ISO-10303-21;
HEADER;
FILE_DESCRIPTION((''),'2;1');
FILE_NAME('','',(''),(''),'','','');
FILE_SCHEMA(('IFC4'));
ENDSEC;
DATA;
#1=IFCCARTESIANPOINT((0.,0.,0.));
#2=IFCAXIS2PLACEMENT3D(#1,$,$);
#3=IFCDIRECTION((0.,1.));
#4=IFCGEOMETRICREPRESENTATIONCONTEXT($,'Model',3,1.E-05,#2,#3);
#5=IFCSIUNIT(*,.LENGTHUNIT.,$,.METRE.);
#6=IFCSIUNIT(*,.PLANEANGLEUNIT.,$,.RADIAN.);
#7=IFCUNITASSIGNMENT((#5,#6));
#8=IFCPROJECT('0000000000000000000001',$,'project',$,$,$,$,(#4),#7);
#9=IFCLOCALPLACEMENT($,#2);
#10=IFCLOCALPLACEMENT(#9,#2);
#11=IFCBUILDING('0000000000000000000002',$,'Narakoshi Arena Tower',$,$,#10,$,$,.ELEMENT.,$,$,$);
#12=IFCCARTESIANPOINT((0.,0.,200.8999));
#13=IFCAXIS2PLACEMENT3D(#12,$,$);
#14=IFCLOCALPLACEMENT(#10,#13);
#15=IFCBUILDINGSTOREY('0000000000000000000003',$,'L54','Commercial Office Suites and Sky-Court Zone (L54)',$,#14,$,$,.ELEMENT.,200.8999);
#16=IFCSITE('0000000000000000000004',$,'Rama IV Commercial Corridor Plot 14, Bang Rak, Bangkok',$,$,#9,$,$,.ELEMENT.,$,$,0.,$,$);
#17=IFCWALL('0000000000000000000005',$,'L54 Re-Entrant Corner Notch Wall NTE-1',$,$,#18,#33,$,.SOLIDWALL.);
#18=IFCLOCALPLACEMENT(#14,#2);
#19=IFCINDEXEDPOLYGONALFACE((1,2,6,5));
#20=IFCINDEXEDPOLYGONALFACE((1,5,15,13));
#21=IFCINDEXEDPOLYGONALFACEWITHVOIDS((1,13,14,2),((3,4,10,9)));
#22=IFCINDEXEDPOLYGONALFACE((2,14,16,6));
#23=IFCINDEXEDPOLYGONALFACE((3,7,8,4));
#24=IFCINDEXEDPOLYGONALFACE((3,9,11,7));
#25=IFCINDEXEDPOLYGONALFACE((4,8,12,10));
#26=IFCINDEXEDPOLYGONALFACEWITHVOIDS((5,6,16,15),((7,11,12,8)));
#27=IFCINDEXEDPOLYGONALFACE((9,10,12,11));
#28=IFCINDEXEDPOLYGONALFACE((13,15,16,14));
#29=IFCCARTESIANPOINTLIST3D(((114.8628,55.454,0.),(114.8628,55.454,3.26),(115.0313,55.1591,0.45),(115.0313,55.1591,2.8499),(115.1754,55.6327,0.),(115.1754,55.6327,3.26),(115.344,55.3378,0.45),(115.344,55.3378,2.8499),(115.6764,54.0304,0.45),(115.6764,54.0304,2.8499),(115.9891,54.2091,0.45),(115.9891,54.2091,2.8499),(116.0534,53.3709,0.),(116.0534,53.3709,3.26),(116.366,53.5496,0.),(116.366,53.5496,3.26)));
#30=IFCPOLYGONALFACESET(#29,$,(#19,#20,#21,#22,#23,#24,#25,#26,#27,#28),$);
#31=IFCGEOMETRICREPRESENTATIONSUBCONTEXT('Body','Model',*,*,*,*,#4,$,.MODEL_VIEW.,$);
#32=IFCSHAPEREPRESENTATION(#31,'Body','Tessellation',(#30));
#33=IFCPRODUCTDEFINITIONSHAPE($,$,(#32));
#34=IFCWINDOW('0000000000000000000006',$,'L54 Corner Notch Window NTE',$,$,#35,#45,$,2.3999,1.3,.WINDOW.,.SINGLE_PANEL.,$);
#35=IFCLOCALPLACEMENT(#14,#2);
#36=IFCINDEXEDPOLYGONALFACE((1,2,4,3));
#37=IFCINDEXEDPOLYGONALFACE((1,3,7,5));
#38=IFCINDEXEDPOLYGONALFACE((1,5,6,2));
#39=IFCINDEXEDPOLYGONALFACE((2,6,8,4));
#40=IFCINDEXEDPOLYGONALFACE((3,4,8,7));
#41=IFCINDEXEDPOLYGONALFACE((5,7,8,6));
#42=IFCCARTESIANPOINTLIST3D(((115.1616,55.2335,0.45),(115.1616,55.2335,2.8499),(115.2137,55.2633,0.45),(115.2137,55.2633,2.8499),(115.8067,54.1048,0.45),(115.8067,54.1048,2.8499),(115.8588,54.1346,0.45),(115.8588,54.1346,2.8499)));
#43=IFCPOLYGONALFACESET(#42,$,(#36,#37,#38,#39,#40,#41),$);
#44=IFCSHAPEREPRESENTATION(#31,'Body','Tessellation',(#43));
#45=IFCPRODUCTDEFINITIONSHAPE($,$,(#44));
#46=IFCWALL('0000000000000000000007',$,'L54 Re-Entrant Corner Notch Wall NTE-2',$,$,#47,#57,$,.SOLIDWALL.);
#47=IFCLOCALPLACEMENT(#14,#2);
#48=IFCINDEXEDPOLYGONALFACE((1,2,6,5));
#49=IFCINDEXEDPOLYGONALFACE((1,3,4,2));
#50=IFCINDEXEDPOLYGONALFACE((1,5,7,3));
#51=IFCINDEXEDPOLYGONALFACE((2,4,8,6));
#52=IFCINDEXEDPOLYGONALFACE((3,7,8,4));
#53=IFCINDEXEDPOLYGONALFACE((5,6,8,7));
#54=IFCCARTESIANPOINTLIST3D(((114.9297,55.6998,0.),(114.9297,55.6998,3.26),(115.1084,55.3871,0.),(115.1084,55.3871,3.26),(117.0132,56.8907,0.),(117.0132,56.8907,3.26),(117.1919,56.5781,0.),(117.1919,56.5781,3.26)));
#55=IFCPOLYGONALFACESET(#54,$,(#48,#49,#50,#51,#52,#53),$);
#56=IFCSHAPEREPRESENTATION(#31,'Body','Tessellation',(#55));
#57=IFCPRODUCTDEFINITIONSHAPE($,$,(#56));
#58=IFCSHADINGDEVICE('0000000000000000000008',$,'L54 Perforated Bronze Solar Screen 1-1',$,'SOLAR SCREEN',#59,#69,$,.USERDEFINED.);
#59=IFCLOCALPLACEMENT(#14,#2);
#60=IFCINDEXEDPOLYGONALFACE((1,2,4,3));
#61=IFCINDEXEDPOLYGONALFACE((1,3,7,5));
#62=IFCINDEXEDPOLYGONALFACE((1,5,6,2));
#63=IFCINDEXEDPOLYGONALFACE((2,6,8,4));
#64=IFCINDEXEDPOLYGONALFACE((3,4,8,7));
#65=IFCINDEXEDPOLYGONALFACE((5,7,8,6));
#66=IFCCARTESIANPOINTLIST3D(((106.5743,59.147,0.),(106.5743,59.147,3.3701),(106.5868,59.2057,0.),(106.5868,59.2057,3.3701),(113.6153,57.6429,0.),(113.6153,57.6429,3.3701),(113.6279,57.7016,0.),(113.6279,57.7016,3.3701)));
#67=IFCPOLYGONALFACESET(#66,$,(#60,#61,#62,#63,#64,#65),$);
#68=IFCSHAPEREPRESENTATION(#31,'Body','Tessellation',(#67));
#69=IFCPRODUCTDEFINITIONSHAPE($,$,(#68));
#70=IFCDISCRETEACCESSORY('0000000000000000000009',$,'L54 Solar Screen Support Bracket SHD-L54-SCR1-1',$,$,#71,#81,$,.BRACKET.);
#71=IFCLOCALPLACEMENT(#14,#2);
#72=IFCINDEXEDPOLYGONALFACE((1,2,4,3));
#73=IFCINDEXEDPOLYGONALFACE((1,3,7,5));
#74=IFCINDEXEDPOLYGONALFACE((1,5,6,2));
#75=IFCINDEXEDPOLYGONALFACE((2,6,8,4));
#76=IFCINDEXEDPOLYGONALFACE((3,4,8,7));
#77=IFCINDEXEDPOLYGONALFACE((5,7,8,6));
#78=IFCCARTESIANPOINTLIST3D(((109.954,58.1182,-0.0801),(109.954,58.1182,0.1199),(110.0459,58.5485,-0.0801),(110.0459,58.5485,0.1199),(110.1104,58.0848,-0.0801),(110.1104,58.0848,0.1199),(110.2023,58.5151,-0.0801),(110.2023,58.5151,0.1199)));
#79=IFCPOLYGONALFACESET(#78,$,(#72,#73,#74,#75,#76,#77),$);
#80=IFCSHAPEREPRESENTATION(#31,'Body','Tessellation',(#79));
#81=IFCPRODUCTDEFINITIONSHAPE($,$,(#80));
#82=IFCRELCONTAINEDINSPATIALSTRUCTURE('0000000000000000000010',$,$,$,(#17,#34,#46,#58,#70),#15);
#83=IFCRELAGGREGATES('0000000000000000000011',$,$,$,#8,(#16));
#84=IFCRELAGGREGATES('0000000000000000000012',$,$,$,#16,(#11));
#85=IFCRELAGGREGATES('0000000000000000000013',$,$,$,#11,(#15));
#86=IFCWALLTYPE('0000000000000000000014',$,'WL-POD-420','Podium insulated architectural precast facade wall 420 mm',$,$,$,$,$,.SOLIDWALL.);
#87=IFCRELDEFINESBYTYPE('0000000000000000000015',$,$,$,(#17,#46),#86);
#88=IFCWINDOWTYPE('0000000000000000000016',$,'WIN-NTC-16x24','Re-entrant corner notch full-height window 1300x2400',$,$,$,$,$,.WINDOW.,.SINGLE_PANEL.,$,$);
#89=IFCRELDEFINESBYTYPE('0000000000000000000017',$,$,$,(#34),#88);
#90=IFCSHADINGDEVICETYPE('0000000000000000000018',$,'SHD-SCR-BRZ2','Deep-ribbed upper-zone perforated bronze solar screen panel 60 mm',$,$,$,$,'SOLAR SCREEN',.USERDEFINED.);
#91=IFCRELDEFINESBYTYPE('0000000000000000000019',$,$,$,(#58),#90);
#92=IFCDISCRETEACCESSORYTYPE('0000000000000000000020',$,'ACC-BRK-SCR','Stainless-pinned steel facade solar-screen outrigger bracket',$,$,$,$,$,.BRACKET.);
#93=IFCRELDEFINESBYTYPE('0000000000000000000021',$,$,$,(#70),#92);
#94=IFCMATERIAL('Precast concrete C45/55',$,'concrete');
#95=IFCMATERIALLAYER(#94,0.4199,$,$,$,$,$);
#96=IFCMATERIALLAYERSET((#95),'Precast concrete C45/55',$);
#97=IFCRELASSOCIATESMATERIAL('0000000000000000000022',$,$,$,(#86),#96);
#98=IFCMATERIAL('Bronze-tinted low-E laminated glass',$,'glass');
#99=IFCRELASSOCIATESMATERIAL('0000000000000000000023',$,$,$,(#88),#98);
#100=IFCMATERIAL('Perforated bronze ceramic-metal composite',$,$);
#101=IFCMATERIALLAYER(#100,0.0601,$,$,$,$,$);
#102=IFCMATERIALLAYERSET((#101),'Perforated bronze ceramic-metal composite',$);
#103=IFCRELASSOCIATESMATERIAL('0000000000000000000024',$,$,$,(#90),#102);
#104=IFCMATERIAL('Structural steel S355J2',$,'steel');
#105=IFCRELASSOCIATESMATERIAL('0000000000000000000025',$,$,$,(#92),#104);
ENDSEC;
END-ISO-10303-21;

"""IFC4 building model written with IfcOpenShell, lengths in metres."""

from ifc_helpers import new_model, si_unit, direction, frame, frame_2d, origin, origin_2d, place, context, subcontext, project, spatial, rectangle, extrude, material, layer, layer_set, type_object, element, fill, save


model = new_model("IFC4")

# Units and contexts
model_context = context("Model", 3, precision=1e-05, world=origin(), true_north=direction((0.0, 1.0)))
body_context = subcontext(model_context, "Body", "Model", "MODEL_VIEW")
ifc_project = project(units=[si_unit("LENGTHUNIT", "METRE"), si_unit("PLANEANGLEUNIT", "RADIAN")], contexts=[model_context])

# Site, building, storey
site_placement = place(None, origin())
site = spatial("IfcSite", under=ifc_project, at=site_placement, Name="Rama IV Commercial Corridor Plot 14, Bang Rak, Bangkok", CompositionType="ELEMENT", RefElevation=0.0)
building_placement = place(site_placement, origin())
building = spatial("IfcBuilding", under=site, at=building_placement, Name="Narakoshi Arena Tower", CompositionType="ELEMENT")
storey_placement = place(building_placement, frame((0.0, 0.0, 200.8999)))
storey = spatial("IfcBuildingStorey", under=building, at=storey_placement, Name="L54", Description="Commercial Office Suites and Sky-Court Zone (L54)", CompositionType="ELEMENT", Elevation=200.8999)

# Shared definitions
ifc_material_1 = material(Name="Structural steel S355J2", Category="steel")

# Shared definitions
ifc_material_2 = material(Name="Bronze-tinted low-E laminated glass", Category="glass")

# Shared definitions
ifc_material_3 = material(Name="Precast concrete C45/55", Category="concrete")

# Wall, opening, window
ifc_layer_1 = layer(ifc_material_3, 0.4199)
ifc_layer_set_1 = layer_set([ifc_layer_1], Name="Precast concrete C45/55")
wall_type_1 = type_object("IfcWallType", Name="WL-POD-420", Description="Podium insulated architectural precast facade wall 420 mm", PredefinedType="SOLIDWALL", material=ifc_layer_set_1)
wall_1_placement = place(storey_placement, frame((116.2097, 53.4602, 0.0), z_axis=(0.0, 0.0, 1.0), x_axis=(-0.496216, 0.868199, 0.0)))
wall_1 = element("IfcWall", 1, at=wall_1_placement, inside=storey, type_object=wall_type_1, Name="L54 Re-Entrant Corner Notch Wall NTE-1", PredefinedType="SOLIDWALL", context=body_context, shape_type="SweptSolid", body=[
    extrude(rectangle(XDim=2.3994, YDim=0.3601, at=frame_2d((1.1997, 0.0))), origin(), (0.0, 0.0, 1.0), 3.26),
])
opening_1_placement = place(wall_1_placement, frame((0.7598, 0.0, 0.45)))
opening_1 = element("IfcOpeningElement", 2, at=opening_1_placement, cuts=wall_1, PredefinedType="OPENING", context=body_context, shape_type="SweptSolid", body=[
    extrude(rectangle(XDim=1.3, YDim=2.3999, at=frame_2d((0.6499, 1.2))), frame((0.0, 0.1899, 0.0), z_axis=(0.0, -1.0, 0.0), x_axis=(1.0, 0.0, 0.0)), (0.0, 0.0, 1.0), 0.3801),
])
window_type_1 = type_object("IfcWindowType", Name="WIN-NTC-16x24", Description="Re-entrant corner notch full-height window 1300x2400", PartitioningType="SINGLE_PANEL", PredefinedType="WINDOW", material=ifc_material_2)
window_1_placement = place(opening_1_placement, origin())
window_1 = element("IfcWindow", 3, at=window_1_placement, inside=storey, type_object=window_type_1, Name="L54 Corner Notch Window NTE", OverallHeight=2.3999, OverallWidth=1.3, PartitioningType="SINGLE_PANEL", PredefinedType="WINDOW", context=body_context, shape_type="SweptSolid", body=[
    extrude(rectangle(XDim=1.3, YDim=2.3999, at=frame_2d((0.6499, 1.2))), frame((0.0, 0.03, 0.0), z_axis=(0.0, -1.0, 0.0), x_axis=(1.0, 0.0, 0.0)), (0.0, 0.0, 1.0), 0.0601),
])
fill(opening_1, window_1)

# Wall
wall_2_placement = place(storey_placement, frame((115.019, 55.5435, 0.0), z_axis=(0.0, 0.0, 1.0), x_axis=(0.868181, 0.496248, 0.0)))
element("IfcWall", 4, at=wall_2_placement, inside=storey, type_object=wall_type_1, Name="L54 Re-Entrant Corner Notch Wall NTE-2", PredefinedType="SOLIDWALL", context=body_context, shape_type="SweptSolid", body=[
    extrude(rectangle(XDim=2.3999, YDim=0.3601, at=frame_2d((1.2, 0.0))), origin(), (0.0, 0.0, 1.0), 3.26),
])

# Shading device
ifc_material_4 = material(Name="Perforated bronze ceramic-metal composite")
ifc_layer_2 = layer(ifc_material_4, 0.0601)
ifc_layer_set_2 = layer_set([ifc_layer_2], Name="Perforated bronze ceramic-metal composite")
shading_device_type = type_object("IfcShadingDeviceType", Name="SHD-SCR-BRZ2", Description="Deep-ribbed upper-zone perforated bronze solar screen panel 60 mm", ElementType="SOLAR SCREEN", PredefinedType="USERDEFINED", material=ifc_layer_set_2)
shading_device_placement = place(storey_placement, frame((110.1011, 58.4243, 0.0), z_axis=(0.0, 0.0, 1.0), x_axis=(-0.977937, 0.208902, 0.0)))
element("IfcShadingDevice", 5, at=shading_device_placement, inside=storey, type_object=shading_device_type, Name="L54 Perforated Bronze Solar Screen 1-1", ObjectType="SOLAR SCREEN", PredefinedType="USERDEFINED", context=body_context, shape_type="SweptSolid", body=[
    extrude(rectangle(XDim=7.2, YDim=0.0601, at=origin_2d()), origin(), (0.0, 0.0, 1.0), 3.3701),
])

# Discrete accessory
discrete_accessory_type = type_object("IfcDiscreteAccessoryType", Name="ACC-BRK-SCR", Description="Stainless-pinned steel facade solar-screen outrigger bracket", PredefinedType="BRACKET", material=ifc_material_1)
discrete_accessory_placement = place(storey_placement, frame((110.0781, 58.3167, -0.0801), z_axis=(0.0, 0.0, 1.0), x_axis=(-0.977937, 0.208902, 0.0)))
element("IfcDiscreteAccessory", 6, at=discrete_accessory_placement, inside=storey, type_object=discrete_accessory_type, Name="L54 Solar Screen Support Bracket SHD-L54-SCR1-1", PredefinedType="BRACKET", context=body_context, shape_type="SweptSolid", body=[
    extrude(rectangle(XDim=0.1599, YDim=0.4399, at=origin_2d()), origin(), (0.0, 0.0, 1.0), 0.2),
])

save(model, "model.ifc")
